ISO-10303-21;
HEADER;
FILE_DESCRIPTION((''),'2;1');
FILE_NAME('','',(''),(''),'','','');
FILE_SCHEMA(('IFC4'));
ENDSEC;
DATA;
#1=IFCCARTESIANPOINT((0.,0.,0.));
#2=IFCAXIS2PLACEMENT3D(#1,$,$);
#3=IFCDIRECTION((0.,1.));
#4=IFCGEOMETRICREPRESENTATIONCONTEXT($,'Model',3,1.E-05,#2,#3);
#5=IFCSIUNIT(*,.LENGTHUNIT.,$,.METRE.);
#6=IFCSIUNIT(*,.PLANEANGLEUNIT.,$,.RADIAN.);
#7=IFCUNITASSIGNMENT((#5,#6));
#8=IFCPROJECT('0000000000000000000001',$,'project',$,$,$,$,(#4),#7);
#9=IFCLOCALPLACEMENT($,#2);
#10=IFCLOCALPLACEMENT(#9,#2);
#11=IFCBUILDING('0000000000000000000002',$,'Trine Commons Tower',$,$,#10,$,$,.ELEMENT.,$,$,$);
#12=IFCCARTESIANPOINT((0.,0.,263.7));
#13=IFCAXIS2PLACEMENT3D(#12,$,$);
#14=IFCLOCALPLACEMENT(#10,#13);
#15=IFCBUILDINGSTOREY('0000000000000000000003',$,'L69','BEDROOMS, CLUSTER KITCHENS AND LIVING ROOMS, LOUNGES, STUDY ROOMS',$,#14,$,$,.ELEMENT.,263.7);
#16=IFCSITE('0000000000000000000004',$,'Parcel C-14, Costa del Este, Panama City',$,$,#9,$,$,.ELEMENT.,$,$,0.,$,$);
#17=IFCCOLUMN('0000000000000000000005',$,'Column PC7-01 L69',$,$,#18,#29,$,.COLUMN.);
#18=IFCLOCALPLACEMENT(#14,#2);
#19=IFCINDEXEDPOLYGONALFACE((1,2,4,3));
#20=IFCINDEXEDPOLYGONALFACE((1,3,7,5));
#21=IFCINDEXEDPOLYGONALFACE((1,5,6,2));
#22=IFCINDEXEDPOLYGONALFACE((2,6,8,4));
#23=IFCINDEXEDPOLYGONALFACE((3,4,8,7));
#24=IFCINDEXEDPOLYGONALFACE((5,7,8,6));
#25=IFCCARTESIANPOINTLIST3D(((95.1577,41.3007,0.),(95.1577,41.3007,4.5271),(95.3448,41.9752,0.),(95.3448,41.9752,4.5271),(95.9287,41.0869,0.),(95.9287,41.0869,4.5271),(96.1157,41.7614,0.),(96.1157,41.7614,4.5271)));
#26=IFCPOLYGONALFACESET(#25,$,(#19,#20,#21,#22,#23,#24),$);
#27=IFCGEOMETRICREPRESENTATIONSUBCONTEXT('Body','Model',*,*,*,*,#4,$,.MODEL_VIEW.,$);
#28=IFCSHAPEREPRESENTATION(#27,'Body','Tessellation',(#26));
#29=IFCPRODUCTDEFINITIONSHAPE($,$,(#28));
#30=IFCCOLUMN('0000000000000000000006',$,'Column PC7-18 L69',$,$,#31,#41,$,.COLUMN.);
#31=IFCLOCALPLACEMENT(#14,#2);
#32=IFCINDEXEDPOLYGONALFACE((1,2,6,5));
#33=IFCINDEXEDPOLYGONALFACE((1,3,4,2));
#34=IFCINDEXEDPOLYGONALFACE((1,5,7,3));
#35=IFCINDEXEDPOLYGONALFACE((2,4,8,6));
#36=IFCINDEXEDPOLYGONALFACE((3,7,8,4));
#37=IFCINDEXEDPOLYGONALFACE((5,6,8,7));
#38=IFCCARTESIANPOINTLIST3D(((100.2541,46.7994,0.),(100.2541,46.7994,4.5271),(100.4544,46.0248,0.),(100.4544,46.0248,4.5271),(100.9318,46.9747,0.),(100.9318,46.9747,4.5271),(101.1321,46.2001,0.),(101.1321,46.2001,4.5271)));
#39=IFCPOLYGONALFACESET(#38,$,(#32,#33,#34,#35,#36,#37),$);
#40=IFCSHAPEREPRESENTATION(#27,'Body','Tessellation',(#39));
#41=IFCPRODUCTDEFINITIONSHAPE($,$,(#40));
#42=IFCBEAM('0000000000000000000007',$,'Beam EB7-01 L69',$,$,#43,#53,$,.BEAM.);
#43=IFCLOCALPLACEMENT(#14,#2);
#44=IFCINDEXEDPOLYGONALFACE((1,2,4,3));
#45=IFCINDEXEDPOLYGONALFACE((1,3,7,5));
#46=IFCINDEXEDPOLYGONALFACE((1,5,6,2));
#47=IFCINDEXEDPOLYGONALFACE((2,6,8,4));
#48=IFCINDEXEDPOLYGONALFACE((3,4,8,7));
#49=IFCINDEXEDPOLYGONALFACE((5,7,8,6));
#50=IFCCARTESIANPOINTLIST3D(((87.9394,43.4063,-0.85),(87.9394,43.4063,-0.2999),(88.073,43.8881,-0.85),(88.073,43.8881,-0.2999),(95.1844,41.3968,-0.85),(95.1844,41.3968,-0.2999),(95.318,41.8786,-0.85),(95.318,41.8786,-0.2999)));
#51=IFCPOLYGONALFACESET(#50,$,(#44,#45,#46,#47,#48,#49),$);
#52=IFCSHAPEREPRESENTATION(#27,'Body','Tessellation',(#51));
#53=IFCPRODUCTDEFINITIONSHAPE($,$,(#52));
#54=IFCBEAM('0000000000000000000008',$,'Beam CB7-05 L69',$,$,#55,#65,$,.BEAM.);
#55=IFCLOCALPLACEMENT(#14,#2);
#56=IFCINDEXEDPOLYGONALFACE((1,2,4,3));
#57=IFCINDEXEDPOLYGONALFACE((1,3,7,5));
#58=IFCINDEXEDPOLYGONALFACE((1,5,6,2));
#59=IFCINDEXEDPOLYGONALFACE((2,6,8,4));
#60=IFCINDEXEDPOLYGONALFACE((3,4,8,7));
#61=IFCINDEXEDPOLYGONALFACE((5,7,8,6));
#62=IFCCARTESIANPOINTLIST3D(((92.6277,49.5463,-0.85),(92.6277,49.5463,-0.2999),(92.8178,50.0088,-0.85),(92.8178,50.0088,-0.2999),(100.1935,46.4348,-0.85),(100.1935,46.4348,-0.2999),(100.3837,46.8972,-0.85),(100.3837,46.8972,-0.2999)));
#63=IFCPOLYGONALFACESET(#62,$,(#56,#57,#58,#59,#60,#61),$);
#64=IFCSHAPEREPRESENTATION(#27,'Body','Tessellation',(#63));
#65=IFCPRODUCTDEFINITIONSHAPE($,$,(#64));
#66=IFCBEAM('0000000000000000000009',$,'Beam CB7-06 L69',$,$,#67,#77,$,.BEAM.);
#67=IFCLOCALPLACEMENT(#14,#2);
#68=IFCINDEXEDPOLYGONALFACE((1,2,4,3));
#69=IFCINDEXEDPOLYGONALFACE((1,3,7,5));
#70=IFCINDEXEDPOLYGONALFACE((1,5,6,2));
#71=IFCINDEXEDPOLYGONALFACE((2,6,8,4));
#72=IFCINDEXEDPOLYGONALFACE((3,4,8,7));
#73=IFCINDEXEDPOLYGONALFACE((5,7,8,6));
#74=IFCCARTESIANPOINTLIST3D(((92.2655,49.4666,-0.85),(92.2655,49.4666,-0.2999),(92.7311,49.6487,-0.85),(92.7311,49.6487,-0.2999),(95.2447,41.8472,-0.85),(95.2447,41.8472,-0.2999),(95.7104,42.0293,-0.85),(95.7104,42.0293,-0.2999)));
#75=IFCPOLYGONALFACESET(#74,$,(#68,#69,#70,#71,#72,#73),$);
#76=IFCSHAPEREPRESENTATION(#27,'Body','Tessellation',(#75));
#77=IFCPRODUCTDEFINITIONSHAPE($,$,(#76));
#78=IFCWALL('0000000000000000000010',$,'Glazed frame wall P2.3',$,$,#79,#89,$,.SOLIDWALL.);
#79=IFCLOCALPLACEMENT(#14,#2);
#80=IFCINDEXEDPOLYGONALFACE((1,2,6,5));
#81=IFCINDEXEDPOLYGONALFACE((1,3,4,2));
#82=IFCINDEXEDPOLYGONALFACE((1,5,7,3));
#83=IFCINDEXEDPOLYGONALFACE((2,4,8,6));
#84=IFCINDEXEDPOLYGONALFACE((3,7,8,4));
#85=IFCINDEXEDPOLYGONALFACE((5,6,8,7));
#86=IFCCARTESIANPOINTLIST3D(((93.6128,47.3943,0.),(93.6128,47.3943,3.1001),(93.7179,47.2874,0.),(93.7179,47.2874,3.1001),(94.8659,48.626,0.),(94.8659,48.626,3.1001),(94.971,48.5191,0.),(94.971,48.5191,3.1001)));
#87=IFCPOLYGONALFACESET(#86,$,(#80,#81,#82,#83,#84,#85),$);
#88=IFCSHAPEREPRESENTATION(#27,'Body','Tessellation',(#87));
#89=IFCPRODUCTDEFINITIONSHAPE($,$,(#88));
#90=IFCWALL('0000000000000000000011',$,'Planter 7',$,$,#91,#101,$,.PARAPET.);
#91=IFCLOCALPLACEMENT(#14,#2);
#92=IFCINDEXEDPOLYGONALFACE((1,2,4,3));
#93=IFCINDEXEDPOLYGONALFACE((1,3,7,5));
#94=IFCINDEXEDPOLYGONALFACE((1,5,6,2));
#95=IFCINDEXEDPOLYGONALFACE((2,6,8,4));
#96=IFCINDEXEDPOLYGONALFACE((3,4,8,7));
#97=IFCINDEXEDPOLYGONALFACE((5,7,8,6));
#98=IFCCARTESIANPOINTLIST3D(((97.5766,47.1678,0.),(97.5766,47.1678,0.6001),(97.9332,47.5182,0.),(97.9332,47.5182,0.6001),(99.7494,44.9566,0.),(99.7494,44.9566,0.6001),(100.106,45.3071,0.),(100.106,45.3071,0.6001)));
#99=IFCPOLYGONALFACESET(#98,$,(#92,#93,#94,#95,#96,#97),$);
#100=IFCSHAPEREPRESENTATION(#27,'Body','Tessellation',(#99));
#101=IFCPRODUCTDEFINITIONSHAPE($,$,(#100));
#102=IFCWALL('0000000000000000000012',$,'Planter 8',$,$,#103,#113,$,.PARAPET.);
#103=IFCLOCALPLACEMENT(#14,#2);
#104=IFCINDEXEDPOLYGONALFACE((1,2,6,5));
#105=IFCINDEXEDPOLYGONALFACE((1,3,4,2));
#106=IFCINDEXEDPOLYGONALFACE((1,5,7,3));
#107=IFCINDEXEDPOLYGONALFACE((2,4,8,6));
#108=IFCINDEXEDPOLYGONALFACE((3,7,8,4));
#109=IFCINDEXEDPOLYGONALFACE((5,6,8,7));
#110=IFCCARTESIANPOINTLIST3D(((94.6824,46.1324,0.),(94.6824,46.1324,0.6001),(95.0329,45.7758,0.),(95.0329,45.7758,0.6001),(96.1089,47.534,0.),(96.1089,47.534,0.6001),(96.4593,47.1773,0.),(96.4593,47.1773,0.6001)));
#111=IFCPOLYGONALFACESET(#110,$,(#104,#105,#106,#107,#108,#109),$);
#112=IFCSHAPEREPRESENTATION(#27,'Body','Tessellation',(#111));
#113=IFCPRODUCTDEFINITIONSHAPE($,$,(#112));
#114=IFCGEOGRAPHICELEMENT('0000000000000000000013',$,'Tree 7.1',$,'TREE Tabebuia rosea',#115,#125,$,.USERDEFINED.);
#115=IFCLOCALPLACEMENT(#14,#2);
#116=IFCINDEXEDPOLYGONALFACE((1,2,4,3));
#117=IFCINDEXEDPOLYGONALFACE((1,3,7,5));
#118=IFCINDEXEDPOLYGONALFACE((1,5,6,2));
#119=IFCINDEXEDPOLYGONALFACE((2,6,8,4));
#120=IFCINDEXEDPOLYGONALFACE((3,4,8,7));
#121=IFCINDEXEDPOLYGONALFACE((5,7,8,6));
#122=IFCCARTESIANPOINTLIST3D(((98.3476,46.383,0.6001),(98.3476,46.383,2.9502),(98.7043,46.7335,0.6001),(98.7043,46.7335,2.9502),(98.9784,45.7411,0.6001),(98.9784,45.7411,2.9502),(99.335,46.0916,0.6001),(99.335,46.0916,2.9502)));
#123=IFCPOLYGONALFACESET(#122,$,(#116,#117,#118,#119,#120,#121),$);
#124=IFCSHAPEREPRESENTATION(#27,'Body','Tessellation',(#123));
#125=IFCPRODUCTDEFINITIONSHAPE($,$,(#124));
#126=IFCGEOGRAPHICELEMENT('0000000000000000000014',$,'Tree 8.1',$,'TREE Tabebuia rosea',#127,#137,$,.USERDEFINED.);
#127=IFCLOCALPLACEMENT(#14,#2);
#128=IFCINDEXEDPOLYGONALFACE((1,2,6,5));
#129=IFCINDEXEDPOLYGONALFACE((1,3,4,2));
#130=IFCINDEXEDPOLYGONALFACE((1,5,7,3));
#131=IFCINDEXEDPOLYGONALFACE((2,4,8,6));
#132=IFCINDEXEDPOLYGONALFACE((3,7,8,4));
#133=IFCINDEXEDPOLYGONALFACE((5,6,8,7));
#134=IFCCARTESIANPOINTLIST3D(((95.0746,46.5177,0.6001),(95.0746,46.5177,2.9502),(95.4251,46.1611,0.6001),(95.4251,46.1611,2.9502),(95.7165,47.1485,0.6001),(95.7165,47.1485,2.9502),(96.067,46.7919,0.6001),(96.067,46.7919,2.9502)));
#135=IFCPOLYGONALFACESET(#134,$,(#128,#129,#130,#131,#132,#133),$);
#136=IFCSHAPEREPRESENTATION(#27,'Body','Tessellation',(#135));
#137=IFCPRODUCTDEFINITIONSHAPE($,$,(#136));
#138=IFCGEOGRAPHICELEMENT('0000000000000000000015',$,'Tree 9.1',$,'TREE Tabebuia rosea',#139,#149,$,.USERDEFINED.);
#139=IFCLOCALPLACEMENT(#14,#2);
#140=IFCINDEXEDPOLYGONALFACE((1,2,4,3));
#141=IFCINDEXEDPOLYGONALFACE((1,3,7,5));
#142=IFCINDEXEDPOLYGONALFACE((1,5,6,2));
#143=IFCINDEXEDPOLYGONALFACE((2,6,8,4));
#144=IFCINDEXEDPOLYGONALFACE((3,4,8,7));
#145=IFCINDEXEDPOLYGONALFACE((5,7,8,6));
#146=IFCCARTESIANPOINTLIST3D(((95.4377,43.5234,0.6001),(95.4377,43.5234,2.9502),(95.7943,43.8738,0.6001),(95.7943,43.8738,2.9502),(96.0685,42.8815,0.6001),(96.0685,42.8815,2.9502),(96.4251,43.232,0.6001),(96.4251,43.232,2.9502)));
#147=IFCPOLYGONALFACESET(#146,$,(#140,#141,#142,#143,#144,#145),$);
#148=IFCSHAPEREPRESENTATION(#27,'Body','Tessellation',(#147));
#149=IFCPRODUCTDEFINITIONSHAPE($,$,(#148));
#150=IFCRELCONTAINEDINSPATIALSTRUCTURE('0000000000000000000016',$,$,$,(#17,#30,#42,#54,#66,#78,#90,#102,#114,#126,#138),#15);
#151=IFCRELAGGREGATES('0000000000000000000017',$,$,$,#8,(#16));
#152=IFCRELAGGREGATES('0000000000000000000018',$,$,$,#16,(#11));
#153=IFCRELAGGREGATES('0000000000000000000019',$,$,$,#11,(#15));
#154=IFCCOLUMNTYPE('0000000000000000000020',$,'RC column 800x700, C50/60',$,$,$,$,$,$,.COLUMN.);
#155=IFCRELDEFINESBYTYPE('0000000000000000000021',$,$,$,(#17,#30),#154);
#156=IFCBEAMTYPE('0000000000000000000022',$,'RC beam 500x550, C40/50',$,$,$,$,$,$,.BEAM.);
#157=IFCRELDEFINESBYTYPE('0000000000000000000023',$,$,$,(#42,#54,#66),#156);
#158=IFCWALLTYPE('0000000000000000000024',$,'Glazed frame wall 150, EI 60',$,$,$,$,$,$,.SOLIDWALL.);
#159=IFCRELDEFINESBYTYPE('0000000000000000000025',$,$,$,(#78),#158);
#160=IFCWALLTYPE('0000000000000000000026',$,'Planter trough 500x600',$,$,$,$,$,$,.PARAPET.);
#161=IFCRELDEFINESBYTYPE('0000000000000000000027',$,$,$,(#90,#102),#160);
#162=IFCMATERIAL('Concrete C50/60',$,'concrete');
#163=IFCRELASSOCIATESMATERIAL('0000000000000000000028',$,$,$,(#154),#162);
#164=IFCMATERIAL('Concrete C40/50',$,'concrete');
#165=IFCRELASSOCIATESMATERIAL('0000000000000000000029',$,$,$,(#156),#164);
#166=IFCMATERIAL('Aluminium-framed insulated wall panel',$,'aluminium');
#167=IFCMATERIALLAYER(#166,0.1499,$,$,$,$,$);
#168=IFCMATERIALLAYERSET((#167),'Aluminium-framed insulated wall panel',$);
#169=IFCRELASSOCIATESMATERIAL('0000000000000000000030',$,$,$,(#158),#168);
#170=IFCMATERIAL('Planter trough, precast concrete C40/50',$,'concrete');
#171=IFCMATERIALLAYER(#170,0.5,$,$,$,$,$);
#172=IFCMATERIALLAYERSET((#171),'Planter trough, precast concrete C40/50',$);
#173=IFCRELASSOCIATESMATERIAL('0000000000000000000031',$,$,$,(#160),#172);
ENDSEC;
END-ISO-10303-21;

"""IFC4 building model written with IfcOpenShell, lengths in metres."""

from ifc_helpers import new_model, si_unit, direction, frame, frame_2d, origin, origin_2d, place, context, subcontext, project, spatial, polyline, rectangle, outline, extrude, material, layer, layer_set, material_profile, profile_set, type_object, element, save


model = new_model("IFC4")

# Units and contexts
model_context = context("Model", 3, precision=1e-05, world=origin(), true_north=direction((0.0, 1.0)))
body_context = subcontext(model_context, "Body", "Model", "MODEL_VIEW")
ifc_project = project(units=[si_unit("LENGTHUNIT", "METRE"), si_unit("PLANEANGLEUNIT", "RADIAN")], contexts=[model_context])

# Site, building, storey
site_placement = place(None, origin())
site = spatial("IfcSite", under=ifc_project, at=site_placement, Name="Parcel C-14, Costa del Este, Panama City", CompositionType="ELEMENT", RefElevation=0.0)
building_placement = place(site_placement, origin())
building = spatial("IfcBuilding", under=site, at=building_placement, Name="Trine Commons Tower", CompositionType="ELEMENT")
storey_placement = place(building_placement, frame((0.0, 0.0, 263.7)))
storey = spatial("IfcBuildingStorey", under=building, at=storey_placement, Name="L69", Description="BEDROOMS, CLUSTER KITCHENS AND LIVING ROOMS, LOUNGES, STUDY ROOMS", CompositionType="ELEMENT", Elevation=263.7)

# Columns
ifc_material_1 = material(Name="Concrete C50/60", Category="concrete")
ifc_material_profile_1 = material_profile(ifc_material_1, rectangle(XDim=0.8, YDim=0.7, at=origin_2d()), Name="RC 800x700")
ifc_profile_set_1 = profile_set([ifc_material_profile_1], Name="Concrete C50/60")
column_type = type_object("IfcColumnType", Name="RC column 800x700, C50/60", PredefinedType="COLUMN", material=ifc_profile_set_1)
for number, where, z_axis, x_axis, name in (
    (1, (95.6367, 41.531, 0.0), (0.0, 0.0, 1.0), (-0.96363, 0.267238, 0.0), "Column PC7-01 L69"),
    (2, (100.6931, 46.4998, 0.0), (0.0, 0.0, 1.0), (-0.25038, 0.968148, 0.0), "Column PC7-18 L69"),
):
    element("IfcColumn", number, at=place(storey_placement, frame(where, z_axis=z_axis, x_axis=x_axis)), inside=storey, type_object=column_type, Name=name, PredefinedType="COLUMN", context=body_context, shape_type="SweptSolid", body=[
        extrude(rectangle(XDim=0.8, YDim=0.7, at=origin_2d()), origin(), (0.0, 0.0, 1.0), 4.5271),
    ])

# Beams
ifc_material_2 = material(Name="Concrete C40/50", Category="concrete")
ifc_material_profile_2 = material_profile(ifc_material_2, rectangle(XDim=0.5, YDim=0.55, at=origin_2d()), Name="RC 500x550")
ifc_profile_set_2 = profile_set([ifc_material_profile_2], Name="Concrete C40/50")
beam_type = type_object("IfcBeamType", Name="RC beam 500x550, C40/50", PredefinedType="BEAM", material=ifc_profile_set_2)
beam_1_placement = place(storey_placement, frame((95.2512, 41.6377, -0.575), z_axis=(-0.963621, 0.267272, 0.0), x_axis=(-0.267272, -0.963621, 0.0)))
element("IfcBeam", 3, at=beam_1_placement, inside=storey, type_object=beam_type, Name="Beam EB7-01 L69", PredefinedType="BEAM", context=body_context, shape_type="SweptSolid", body=[
    extrude(rectangle(XDim=0.5, YDim=0.55, at=origin_2d()), origin(), (0.0, 0.0, 1.0), 7.5186),
])
beam_2_placement = place(storey_placement, frame((100.2886, 46.666, -0.575), z_axis=(-0.924842, 0.380352, 0.0), x_axis=(-0.380352, -0.924842, 0.0)))
element("IfcBeam", 4, at=beam_2_placement, inside=storey, type_object=beam_type, Name="Beam CB7-05 L69", PredefinedType="BEAM", context=body_context, shape_type="SweptSolid", body=[
    extrude(rectangle(XDim=0.5, YDim=0.55, at=origin_2d()), origin(), (0.0, 0.0, 1.0), 8.1807),
])
beam_3_placement = place(storey_placement, frame((95.4775, 41.9382, -0.575), z_axis=(-0.364161, 0.931336, 0.0), x_axis=(-0.931336, -0.364161, 0.0)))
element("IfcBeam", 5, at=beam_3_placement, inside=storey, type_object=beam_type, Name="Beam CB7-06 L69", PredefinedType="BEAM", context=body_context, shape_type="SweptSolid", body=[
    extrude(rectangle(XDim=0.5, YDim=0.55, at=origin_2d()), origin(), (0.0, 0.0, 1.0), 8.1812),
])

# Walls
ifc_material_3 = material(Name="Aluminium-framed insulated wall panel", Category="aluminium")
ifc_layer_1 = layer(ifc_material_3, 0.1499)
ifc_layer_set_1 = layer_set([ifc_layer_1], Name="Aluminium-framed insulated wall panel")
wall_type_1 = type_object("IfcWallType", Name="Glazed frame wall 150, EI 60", PredefinedType="SOLIDWALL", material=ifc_layer_set_1)
wall_1_placement = place(storey_placement, frame((94.9185, 48.5725, 0.0), z_axis=(0.0, 0.0, 1.0), x_axis=(-0.713194, -0.700967, 0.0)))
element("IfcWall", 6, at=wall_1_placement, inside=storey, type_object=wall_type_1, Name="Glazed frame wall P2.3", PredefinedType="SOLIDWALL", context=body_context, shape_type="SweptSolid", body=[
    extrude(outline(polyline([(0.0, -0.075), (1.7571, -0.075), (1.7571, 0.075), (0.0, 0.075), (0.0, -0.075)])), origin(), (0.0, 0.0, 1.0), 3.1001),
])
ifc_material_4 = material(Name="Planter trough, precast concrete C40/50", Category="concrete")
ifc_layer_2 = layer(ifc_material_4, 0.5)
ifc_layer_set_2 = layer_set([ifc_layer_2], Name="Planter trough, precast concrete C40/50")
wall_type_2 = type_object("IfcWallType", Name="Planter trough 500x600", PredefinedType="PARAPET", material=ifc_layer_set_2)
wall_2_placement = place(storey_placement, frame((99.9277, 45.1318, 0.0), z_axis=(0.0, 0.0, 1.0), x_axis=(-0.700898, 0.713262, 0.0)))
element("IfcWall", 7, at=wall_2_placement, inside=storey, type_object=wall_type_2, Name="Planter 7", PredefinedType="PARAPET", context=body_context, shape_type="SweptSolid", body=[
    extrude(rectangle(XDim=3.1001, YDim=0.5, at=frame_2d((1.55, 0.0))), origin(), (0.0, 0.0, 1.0), 0.6001),
])
wall_3_placement = place(storey_placement, frame((96.2842, 47.3557, 0.0), z_axis=(0.0, 0.0, 1.0), x_axis=(-0.713305, -0.700853, 0.0)))
element("IfcWall", 8, at=wall_3_placement, inside=storey, type_object=wall_type_2, Name="Planter 8", PredefinedType="PARAPET", context=body_context, shape_type="SweptSolid", body=[
    extrude(rectangle(XDim=1.9998, YDim=0.5, at=frame_2d((1.0, 0.0))), origin(), (0.0, 0.0, 1.0), 0.6001),
])

# Geographic elements
for number, where, z_axis, x_axis, name in (
    (9, (98.8413, 46.2373, 0.6001), (0.0, 0.0, 1.0), (-0.700898, 0.713261, 0.0), "Tree 7.1"),
    (10, (95.5708, 46.6548, 0.6001), (0.0, 0.0, 1.0), (-0.713239, -0.70092, 0.0), "Tree 8.1"),
    (11, (95.9314, 43.3777, 0.6001), (0.0, 0.0, 1.0), (0.700898, -0.713261, 0.0), "Tree 9.1"),
):
    element("IfcGeographicElement", number, at=place(storey_placement, frame(where, z_axis=z_axis, x_axis=x_axis)), inside=storey, Name=name, ObjectType="TREE Tabebuia rosea", PredefinedType="USERDEFINED", context=body_context, shape_type="SweptSolid", body=[
        extrude(rectangle(XDim=0.8999, YDim=0.5, at=origin_2d()), origin(), (0.0, 0.0, 1.0), 2.3501),
    ])

save(model, "model.ifc")
